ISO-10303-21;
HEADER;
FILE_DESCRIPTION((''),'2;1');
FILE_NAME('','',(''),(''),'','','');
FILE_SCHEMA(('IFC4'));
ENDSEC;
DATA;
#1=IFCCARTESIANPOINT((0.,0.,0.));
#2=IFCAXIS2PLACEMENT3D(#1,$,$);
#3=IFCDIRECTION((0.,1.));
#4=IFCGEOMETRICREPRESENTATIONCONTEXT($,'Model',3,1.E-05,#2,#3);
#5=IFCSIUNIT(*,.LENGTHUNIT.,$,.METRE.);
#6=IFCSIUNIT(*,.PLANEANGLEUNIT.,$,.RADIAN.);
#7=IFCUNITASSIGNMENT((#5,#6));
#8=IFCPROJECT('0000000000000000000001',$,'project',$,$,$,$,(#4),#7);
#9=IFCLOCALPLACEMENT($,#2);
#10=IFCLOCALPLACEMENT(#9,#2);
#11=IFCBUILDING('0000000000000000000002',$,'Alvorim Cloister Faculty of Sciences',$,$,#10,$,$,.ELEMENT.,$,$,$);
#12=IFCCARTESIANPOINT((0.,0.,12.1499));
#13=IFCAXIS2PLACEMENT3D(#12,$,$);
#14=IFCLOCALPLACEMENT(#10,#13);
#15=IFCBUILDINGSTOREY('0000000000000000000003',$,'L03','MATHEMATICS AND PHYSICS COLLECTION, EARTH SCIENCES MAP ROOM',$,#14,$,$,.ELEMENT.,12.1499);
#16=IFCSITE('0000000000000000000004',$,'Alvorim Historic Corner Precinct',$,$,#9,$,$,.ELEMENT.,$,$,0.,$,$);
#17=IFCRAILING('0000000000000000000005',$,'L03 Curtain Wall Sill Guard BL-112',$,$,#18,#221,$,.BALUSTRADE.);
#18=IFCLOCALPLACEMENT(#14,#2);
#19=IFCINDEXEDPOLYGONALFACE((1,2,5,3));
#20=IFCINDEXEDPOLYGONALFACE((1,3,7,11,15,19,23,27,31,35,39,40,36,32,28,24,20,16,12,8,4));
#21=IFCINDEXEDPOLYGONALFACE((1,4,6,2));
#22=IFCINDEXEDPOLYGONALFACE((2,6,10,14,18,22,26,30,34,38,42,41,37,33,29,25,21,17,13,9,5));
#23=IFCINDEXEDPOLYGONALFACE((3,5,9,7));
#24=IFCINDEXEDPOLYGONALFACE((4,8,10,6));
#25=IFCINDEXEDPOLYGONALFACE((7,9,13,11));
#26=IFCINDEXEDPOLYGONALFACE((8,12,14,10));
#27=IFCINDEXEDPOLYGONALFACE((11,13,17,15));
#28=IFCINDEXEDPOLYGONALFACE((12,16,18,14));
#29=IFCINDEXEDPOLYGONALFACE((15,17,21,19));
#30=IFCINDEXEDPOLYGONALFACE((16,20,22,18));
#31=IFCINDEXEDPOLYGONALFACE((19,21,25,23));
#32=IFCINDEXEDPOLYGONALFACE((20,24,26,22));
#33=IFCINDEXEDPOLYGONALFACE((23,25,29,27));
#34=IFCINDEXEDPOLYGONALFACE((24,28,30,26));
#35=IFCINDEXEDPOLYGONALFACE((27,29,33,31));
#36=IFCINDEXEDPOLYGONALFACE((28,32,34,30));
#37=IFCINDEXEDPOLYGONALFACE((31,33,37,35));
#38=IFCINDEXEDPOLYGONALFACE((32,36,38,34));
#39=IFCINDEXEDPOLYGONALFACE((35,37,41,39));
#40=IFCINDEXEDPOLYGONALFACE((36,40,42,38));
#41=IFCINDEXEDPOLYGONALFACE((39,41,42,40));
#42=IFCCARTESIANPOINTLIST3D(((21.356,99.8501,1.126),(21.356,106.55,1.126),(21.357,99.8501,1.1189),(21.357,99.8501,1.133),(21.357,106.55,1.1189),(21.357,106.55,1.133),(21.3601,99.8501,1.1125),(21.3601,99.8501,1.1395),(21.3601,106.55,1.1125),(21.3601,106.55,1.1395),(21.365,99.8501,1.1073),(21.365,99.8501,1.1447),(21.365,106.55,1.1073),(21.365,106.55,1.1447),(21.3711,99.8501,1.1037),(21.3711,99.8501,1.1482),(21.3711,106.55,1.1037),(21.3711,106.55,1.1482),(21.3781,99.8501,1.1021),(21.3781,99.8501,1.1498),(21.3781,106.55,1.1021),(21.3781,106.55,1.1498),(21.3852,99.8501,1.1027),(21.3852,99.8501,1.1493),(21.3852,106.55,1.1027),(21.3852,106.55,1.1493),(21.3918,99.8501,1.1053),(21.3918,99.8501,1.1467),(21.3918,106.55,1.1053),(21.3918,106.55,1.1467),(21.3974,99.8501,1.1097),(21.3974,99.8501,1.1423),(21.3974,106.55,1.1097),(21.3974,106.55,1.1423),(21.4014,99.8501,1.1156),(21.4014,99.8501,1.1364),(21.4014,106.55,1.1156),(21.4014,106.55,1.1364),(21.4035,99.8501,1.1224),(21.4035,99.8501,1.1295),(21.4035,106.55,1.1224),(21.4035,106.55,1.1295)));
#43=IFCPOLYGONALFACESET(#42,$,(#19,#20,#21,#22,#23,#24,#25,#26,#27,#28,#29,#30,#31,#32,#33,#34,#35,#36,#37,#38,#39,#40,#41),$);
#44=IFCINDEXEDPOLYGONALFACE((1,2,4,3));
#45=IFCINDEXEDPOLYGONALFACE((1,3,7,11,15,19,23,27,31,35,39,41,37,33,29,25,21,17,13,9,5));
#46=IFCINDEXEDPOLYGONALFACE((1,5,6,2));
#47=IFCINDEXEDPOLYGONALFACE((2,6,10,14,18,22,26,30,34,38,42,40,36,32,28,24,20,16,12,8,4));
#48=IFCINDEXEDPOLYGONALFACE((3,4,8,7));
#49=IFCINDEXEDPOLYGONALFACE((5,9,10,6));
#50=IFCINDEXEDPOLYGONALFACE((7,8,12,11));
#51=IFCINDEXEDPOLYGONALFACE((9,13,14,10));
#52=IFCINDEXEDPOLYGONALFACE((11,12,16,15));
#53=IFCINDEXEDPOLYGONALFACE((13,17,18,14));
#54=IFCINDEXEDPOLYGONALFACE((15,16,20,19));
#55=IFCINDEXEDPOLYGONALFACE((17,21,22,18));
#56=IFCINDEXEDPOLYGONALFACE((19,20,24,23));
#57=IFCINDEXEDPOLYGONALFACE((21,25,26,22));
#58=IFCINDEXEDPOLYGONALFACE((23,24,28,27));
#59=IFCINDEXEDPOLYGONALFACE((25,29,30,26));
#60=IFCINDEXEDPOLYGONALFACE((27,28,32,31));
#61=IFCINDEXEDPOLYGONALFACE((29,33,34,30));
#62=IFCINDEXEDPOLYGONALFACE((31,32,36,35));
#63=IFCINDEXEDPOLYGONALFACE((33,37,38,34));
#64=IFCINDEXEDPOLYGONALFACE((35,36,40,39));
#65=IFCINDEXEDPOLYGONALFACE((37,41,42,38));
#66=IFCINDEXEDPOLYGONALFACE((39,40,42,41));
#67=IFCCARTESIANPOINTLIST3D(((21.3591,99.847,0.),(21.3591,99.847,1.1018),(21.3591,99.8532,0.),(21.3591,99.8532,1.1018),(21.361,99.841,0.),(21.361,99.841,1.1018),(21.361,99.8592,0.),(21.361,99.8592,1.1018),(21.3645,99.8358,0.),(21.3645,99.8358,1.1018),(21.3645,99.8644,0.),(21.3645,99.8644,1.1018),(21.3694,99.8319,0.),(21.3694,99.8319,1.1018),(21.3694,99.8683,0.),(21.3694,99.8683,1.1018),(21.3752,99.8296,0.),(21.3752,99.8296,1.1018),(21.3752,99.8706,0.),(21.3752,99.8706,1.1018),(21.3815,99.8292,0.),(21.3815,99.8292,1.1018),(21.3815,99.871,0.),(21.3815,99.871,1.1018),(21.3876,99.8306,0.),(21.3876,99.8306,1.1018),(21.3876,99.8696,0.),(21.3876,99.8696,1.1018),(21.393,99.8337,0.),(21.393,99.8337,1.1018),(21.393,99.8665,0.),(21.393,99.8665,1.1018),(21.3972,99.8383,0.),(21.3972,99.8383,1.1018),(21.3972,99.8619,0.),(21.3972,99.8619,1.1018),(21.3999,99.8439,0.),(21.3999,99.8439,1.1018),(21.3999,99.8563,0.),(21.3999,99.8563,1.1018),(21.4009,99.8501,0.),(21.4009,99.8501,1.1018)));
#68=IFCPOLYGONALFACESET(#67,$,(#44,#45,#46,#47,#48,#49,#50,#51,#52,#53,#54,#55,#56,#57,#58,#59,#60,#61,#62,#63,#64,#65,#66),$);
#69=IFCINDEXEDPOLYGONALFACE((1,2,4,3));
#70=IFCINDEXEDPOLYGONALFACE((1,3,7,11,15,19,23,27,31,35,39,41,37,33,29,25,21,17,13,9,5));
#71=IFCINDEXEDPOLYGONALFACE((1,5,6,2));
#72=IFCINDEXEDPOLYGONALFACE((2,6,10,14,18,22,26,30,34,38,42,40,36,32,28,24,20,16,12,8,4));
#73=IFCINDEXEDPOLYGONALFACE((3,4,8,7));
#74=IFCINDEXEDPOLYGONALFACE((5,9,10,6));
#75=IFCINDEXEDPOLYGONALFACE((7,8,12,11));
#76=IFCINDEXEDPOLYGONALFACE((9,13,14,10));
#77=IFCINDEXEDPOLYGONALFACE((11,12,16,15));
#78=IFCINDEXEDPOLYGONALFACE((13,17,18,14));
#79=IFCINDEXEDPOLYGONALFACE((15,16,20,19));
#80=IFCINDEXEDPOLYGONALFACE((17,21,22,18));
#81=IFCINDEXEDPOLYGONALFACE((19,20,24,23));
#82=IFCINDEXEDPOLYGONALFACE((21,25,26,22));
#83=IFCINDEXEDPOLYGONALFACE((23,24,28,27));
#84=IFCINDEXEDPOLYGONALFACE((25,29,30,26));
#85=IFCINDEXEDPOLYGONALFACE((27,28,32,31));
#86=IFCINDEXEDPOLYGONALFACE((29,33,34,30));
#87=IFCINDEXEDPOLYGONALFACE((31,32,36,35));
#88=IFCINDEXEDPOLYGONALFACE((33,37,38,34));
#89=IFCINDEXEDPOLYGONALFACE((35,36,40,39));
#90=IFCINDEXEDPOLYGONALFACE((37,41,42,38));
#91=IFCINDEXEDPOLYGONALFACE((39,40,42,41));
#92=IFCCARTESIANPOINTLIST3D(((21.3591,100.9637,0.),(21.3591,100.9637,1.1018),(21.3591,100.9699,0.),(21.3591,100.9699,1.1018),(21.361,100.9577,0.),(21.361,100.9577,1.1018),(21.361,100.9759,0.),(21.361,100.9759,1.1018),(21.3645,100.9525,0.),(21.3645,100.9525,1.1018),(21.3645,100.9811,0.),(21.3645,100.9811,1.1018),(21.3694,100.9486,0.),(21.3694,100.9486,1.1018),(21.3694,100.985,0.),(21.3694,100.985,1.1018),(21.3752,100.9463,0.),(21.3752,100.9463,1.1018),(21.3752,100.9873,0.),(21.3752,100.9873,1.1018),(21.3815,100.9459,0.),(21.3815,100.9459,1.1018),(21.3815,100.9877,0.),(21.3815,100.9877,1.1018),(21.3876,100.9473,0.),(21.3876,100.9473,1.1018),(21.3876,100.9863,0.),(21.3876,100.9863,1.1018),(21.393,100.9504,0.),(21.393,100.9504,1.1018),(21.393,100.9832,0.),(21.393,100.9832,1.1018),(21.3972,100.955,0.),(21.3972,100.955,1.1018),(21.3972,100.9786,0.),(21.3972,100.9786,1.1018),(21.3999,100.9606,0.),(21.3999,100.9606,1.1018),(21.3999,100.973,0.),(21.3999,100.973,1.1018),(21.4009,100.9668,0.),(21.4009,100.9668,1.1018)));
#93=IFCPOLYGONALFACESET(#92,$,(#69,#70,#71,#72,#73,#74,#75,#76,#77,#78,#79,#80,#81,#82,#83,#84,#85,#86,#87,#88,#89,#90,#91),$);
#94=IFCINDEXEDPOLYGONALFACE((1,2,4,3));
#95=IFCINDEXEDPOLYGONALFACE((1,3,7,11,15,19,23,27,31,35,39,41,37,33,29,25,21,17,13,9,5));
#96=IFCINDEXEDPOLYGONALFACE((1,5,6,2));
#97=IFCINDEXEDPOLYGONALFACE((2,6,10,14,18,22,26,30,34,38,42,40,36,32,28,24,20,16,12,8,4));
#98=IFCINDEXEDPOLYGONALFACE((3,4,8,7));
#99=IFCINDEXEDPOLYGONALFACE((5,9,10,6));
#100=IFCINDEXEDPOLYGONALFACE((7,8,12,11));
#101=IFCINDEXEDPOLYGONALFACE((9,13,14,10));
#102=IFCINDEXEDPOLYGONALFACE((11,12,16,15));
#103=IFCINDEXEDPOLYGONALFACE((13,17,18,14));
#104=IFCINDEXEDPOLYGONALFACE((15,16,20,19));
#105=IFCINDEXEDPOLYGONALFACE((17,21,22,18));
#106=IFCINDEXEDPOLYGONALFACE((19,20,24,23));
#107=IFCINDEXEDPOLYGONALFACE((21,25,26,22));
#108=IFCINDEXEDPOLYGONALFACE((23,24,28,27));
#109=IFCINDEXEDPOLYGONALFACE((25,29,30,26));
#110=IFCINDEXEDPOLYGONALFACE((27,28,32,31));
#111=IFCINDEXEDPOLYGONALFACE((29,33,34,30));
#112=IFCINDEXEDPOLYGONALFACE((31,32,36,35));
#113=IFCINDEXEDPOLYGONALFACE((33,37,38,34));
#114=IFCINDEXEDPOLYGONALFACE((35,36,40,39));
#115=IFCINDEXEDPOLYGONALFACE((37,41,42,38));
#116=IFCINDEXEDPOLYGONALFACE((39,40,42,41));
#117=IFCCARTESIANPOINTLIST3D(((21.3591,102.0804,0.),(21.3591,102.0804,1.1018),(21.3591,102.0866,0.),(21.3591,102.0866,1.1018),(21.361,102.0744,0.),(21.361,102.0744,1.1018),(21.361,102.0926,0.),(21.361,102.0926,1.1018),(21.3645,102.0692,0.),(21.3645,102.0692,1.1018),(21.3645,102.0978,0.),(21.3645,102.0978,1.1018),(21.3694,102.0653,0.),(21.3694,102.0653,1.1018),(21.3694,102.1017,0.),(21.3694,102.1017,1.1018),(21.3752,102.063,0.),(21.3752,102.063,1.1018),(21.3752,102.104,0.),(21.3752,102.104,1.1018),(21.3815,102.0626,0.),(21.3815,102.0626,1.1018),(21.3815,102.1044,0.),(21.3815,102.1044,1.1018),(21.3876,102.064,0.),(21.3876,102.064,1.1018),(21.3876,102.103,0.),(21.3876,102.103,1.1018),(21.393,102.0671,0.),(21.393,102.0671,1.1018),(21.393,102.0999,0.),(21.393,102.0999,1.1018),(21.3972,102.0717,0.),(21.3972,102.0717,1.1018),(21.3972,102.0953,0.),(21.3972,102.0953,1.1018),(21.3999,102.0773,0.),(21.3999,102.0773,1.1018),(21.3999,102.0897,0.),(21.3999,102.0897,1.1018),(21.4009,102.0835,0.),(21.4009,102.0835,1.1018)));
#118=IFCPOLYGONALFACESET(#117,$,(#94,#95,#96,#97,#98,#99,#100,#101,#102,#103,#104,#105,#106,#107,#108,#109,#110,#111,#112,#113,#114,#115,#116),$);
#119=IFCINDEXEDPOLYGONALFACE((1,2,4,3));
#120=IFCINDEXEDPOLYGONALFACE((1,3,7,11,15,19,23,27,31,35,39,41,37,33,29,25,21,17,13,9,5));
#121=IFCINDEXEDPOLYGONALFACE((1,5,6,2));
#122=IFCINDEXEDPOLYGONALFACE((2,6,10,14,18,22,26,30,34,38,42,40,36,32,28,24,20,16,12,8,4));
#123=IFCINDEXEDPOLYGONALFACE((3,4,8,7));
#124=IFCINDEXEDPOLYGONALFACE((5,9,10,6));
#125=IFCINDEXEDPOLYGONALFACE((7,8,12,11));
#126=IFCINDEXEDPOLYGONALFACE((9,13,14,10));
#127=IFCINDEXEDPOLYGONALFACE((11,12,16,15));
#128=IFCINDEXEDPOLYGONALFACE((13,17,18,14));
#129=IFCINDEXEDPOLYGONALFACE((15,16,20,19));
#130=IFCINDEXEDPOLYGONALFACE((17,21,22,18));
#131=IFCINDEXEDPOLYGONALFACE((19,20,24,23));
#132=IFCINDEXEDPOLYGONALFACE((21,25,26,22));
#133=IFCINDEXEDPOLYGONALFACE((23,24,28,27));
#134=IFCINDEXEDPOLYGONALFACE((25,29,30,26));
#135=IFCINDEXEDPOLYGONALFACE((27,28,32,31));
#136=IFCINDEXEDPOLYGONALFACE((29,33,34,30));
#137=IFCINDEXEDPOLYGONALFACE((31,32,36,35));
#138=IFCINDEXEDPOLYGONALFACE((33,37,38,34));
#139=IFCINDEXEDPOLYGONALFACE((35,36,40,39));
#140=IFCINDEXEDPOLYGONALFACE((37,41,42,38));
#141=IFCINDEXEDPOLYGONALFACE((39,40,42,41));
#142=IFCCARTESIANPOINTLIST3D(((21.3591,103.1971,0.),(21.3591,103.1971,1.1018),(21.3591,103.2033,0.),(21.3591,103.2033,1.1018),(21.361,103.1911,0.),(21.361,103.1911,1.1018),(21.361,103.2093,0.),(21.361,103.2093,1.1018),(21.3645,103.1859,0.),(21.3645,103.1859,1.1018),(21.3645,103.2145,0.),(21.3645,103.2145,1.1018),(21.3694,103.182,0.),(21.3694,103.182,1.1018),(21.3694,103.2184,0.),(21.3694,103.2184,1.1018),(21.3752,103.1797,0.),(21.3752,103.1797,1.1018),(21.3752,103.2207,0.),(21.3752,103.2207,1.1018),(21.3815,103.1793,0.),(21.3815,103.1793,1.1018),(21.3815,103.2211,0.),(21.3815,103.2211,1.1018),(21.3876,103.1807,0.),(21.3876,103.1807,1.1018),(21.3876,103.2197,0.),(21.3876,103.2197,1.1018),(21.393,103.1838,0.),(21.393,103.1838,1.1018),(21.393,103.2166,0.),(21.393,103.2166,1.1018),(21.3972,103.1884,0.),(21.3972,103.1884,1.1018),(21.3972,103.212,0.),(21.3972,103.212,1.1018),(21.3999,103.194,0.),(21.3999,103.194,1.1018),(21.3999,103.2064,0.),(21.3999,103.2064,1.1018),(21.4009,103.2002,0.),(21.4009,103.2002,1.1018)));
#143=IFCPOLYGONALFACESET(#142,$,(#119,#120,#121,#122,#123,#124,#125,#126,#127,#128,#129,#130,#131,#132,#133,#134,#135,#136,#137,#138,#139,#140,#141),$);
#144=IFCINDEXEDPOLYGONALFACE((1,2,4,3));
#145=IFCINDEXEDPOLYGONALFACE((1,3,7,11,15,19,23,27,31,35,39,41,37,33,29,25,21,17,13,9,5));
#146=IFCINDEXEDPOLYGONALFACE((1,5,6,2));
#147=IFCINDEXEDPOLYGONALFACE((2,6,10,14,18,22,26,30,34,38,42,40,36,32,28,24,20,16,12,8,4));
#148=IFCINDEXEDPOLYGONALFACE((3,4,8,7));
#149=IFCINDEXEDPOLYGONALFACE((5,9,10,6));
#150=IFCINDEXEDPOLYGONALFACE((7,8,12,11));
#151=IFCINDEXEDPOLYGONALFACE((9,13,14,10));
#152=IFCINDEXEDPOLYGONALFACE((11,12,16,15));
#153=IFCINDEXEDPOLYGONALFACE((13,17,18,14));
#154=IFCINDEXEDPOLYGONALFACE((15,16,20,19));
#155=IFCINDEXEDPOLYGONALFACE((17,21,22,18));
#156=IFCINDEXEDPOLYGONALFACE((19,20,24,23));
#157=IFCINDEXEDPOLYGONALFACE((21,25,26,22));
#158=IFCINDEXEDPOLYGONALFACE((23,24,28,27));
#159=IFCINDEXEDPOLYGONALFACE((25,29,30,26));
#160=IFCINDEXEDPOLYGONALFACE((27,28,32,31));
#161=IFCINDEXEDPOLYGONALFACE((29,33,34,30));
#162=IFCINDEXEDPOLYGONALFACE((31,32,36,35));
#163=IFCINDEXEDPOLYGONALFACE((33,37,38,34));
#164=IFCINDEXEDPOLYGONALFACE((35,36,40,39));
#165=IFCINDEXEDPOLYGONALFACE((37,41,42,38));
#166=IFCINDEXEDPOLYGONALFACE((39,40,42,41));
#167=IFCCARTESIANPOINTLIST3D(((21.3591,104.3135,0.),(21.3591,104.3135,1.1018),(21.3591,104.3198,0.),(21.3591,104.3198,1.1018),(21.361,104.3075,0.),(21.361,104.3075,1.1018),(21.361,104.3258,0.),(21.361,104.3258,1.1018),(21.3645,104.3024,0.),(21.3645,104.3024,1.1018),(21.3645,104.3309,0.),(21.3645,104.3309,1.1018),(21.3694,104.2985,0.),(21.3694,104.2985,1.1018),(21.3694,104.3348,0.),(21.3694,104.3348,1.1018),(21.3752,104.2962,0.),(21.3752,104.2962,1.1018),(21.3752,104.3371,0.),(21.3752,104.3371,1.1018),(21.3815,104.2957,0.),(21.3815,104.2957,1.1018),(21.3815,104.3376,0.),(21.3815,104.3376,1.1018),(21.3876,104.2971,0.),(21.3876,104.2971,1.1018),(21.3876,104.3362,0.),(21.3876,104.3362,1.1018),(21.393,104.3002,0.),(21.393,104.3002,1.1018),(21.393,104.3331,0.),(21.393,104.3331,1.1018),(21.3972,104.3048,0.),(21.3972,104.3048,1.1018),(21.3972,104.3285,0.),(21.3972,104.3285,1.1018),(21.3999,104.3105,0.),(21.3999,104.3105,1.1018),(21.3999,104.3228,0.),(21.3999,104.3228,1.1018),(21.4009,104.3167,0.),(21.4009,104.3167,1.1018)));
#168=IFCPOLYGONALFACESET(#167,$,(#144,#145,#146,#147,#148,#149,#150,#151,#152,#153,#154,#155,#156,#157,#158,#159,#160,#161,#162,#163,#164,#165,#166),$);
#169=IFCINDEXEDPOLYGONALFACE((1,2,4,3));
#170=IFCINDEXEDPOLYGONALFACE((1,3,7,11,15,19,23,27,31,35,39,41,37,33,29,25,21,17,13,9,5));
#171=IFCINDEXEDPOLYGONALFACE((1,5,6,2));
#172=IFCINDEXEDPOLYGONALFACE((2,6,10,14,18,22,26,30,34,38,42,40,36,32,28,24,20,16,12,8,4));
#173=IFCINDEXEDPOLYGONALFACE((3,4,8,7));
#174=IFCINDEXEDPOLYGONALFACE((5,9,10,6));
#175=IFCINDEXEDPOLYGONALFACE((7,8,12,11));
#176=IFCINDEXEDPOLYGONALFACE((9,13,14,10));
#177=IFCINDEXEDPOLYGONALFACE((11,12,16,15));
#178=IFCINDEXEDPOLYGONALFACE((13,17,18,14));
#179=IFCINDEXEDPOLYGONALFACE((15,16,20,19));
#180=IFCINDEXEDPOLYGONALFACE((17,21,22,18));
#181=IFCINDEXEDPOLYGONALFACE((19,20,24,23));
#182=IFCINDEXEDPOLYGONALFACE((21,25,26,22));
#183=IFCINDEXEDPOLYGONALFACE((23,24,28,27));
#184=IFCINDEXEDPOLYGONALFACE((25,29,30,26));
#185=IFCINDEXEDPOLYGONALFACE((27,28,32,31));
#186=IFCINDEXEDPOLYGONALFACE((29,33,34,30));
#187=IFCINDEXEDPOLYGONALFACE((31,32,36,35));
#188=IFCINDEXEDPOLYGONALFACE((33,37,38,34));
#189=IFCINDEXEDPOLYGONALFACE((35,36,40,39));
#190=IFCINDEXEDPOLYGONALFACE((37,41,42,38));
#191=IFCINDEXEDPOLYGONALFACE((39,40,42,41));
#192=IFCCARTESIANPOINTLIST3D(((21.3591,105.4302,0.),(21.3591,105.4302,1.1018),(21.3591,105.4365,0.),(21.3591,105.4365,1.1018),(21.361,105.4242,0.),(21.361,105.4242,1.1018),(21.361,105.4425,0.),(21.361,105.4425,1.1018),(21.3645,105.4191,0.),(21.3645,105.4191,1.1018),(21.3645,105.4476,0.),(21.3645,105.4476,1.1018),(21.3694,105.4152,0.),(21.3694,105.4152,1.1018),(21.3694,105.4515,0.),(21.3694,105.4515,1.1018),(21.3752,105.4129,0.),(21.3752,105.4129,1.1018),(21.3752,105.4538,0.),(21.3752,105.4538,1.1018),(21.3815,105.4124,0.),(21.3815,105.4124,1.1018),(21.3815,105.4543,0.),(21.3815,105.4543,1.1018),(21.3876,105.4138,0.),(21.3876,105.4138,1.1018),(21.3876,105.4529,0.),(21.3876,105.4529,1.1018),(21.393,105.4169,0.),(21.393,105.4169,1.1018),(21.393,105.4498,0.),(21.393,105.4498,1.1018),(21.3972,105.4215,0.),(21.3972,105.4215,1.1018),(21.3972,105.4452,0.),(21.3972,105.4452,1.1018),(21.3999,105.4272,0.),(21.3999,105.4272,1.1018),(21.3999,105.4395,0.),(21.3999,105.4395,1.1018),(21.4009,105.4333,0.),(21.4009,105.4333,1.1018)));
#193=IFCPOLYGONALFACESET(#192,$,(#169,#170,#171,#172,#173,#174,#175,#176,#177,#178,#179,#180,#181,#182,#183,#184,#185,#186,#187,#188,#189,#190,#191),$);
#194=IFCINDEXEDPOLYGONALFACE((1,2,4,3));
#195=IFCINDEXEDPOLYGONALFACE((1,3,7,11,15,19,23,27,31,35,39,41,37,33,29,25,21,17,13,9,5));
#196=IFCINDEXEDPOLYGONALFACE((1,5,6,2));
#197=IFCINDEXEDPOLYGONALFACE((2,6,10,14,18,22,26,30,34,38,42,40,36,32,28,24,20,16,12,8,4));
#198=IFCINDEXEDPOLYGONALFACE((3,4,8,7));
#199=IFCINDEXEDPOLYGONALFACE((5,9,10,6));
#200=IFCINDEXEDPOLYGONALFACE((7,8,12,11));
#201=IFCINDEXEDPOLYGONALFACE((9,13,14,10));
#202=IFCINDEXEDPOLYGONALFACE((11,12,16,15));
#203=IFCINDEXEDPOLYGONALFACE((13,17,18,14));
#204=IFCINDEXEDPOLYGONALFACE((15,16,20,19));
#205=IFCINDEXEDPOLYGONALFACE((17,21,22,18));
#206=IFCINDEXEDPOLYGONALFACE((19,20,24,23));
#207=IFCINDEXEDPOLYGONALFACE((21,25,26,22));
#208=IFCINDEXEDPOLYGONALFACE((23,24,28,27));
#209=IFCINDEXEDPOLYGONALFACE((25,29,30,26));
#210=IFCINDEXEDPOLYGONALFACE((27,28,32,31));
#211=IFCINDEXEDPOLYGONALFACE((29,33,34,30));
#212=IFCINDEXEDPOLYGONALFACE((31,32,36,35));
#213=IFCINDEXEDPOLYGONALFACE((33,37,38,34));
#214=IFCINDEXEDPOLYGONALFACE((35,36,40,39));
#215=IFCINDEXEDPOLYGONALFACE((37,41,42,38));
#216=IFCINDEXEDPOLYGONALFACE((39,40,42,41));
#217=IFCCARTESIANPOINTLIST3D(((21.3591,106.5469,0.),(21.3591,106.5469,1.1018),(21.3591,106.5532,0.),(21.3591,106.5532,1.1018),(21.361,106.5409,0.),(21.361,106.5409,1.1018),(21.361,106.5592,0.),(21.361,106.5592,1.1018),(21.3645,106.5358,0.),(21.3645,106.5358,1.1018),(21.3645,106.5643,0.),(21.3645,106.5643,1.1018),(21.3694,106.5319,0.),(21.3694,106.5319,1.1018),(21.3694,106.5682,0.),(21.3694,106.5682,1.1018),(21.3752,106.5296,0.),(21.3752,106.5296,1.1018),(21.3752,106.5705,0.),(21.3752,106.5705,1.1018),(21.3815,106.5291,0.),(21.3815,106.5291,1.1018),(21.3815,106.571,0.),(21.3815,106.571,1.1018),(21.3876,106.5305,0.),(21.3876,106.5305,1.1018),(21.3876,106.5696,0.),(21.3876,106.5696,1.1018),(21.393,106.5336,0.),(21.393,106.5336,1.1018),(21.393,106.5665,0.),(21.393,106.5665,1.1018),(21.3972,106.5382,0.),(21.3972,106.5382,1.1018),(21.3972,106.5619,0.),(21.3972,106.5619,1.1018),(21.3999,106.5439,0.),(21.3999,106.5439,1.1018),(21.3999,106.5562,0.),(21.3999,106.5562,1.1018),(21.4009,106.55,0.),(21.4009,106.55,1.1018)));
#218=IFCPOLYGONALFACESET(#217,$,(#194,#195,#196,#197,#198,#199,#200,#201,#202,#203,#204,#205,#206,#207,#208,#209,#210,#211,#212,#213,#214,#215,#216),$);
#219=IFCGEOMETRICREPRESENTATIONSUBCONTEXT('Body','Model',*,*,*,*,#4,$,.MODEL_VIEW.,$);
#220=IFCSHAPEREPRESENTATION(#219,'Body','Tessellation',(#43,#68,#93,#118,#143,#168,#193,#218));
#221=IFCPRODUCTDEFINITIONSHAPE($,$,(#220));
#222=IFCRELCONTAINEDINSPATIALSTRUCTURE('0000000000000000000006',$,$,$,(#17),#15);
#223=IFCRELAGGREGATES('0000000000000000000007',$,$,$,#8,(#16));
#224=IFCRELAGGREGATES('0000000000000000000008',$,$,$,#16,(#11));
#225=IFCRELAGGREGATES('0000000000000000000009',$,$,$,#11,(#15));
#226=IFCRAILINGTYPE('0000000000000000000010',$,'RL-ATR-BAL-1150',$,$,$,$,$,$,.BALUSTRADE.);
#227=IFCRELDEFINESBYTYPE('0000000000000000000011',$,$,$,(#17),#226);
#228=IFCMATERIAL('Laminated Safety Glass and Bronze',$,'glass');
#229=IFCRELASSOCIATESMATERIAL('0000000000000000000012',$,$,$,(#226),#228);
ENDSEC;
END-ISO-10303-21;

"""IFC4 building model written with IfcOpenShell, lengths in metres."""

from ifc_helpers import new_model, si_unit, direction, frame, origin, origin_2d, place, context, subcontext, project, spatial, circle, extrude, material, type_object, element, save


model = new_model("IFC4")

# Units and contexts
model_context = context("Model", 3, precision=1e-05, world=origin(), true_north=direction((0.0, 1.0)))
body_context = subcontext(model_context, "Body", "Model", "MODEL_VIEW")
ifc_project = project(units=[si_unit("LENGTHUNIT", "METRE"), si_unit("PLANEANGLEUNIT", "RADIAN")], contexts=[model_context])

# Site, building, storey
site_placement = place(None, origin())
site = spatial("IfcSite", under=ifc_project, at=site_placement, Name="Alvorim Historic Corner Precinct", CompositionType="ELEMENT", RefElevation=0.0)
building_placement = place(site_placement, origin())
building = spatial("IfcBuilding", under=site, at=building_placement, Name="Alvorim Cloister Faculty of Sciences", CompositionType="ELEMENT")
storey_placement = place(building_placement, frame((0.0, 0.0, 12.1499)))
storey = spatial("IfcBuildingStorey", under=building, at=storey_placement, Name="L03", Description="MATHEMATICS AND PHYSICS COLLECTION, EARTH SCIENCES MAP ROOM", CompositionType="ELEMENT", Elevation=12.1499)

# Railing
ifc_material_1 = material(Name="Laminated Safety Glass and Bronze", Category="glass")
railing_type = type_object("IfcRailingType", Name="RL-ATR-BAL-1150", PredefinedType="BALUSTRADE", material=ifc_material_1)
railing_placement = place(storey_placement, frame((21.3799, 99.8501, 0.0)))
element("IfcRailing", 1, at=railing_placement, inside=storey, type_object=railing_type, Name="L03 Curtain Wall Sill Guard BL-112", PredefinedType="BALUSTRADE", context=body_context, shape_type="SweptSolid", body=[
    extrude(circle(Radius=0.0239, at=origin_2d()), frame((0.0, 0.0, 1.126), z_axis=(0.0, 1.0, 0.0), x_axis=(-1.0, 0.0, 0.0)), (0.0, 0.0, 1.0), 6.7),
    extrude(circle(Radius=0.021, at=origin_2d()), origin(), (0.0, 0.0, 1.0), 1.1018),
    extrude(circle(Radius=0.021, at=origin_2d()), frame((0.0, 1.1167, 0.0)), (0.0, 0.0, 1.0), 1.1018),
    extrude(circle(Radius=0.021, at=origin_2d()), frame((0.0, 2.2334, 0.0)), (0.0, 0.0, 1.0), 1.1018),
    extrude(circle(Radius=0.021, at=origin_2d()), frame((0.0, 3.3501, 0.0)), (0.0, 0.0, 1.0), 1.1018),
    extrude(circle(Radius=0.021, at=origin_2d()), frame((0.0, 4.4666, 0.0)), (0.0, 0.0, 1.0), 1.1018),
    extrude(circle(Radius=0.021, at=origin_2d()), frame((0.0, 5.5833, 0.0)), (0.0, 0.0, 1.0), 1.1018),
    extrude(circle(Radius=0.021, at=origin_2d()), frame((0.0, 6.7, 0.0)), (0.0, 0.0, 1.0), 1.1018),
])

save(model, "model.ifc")
